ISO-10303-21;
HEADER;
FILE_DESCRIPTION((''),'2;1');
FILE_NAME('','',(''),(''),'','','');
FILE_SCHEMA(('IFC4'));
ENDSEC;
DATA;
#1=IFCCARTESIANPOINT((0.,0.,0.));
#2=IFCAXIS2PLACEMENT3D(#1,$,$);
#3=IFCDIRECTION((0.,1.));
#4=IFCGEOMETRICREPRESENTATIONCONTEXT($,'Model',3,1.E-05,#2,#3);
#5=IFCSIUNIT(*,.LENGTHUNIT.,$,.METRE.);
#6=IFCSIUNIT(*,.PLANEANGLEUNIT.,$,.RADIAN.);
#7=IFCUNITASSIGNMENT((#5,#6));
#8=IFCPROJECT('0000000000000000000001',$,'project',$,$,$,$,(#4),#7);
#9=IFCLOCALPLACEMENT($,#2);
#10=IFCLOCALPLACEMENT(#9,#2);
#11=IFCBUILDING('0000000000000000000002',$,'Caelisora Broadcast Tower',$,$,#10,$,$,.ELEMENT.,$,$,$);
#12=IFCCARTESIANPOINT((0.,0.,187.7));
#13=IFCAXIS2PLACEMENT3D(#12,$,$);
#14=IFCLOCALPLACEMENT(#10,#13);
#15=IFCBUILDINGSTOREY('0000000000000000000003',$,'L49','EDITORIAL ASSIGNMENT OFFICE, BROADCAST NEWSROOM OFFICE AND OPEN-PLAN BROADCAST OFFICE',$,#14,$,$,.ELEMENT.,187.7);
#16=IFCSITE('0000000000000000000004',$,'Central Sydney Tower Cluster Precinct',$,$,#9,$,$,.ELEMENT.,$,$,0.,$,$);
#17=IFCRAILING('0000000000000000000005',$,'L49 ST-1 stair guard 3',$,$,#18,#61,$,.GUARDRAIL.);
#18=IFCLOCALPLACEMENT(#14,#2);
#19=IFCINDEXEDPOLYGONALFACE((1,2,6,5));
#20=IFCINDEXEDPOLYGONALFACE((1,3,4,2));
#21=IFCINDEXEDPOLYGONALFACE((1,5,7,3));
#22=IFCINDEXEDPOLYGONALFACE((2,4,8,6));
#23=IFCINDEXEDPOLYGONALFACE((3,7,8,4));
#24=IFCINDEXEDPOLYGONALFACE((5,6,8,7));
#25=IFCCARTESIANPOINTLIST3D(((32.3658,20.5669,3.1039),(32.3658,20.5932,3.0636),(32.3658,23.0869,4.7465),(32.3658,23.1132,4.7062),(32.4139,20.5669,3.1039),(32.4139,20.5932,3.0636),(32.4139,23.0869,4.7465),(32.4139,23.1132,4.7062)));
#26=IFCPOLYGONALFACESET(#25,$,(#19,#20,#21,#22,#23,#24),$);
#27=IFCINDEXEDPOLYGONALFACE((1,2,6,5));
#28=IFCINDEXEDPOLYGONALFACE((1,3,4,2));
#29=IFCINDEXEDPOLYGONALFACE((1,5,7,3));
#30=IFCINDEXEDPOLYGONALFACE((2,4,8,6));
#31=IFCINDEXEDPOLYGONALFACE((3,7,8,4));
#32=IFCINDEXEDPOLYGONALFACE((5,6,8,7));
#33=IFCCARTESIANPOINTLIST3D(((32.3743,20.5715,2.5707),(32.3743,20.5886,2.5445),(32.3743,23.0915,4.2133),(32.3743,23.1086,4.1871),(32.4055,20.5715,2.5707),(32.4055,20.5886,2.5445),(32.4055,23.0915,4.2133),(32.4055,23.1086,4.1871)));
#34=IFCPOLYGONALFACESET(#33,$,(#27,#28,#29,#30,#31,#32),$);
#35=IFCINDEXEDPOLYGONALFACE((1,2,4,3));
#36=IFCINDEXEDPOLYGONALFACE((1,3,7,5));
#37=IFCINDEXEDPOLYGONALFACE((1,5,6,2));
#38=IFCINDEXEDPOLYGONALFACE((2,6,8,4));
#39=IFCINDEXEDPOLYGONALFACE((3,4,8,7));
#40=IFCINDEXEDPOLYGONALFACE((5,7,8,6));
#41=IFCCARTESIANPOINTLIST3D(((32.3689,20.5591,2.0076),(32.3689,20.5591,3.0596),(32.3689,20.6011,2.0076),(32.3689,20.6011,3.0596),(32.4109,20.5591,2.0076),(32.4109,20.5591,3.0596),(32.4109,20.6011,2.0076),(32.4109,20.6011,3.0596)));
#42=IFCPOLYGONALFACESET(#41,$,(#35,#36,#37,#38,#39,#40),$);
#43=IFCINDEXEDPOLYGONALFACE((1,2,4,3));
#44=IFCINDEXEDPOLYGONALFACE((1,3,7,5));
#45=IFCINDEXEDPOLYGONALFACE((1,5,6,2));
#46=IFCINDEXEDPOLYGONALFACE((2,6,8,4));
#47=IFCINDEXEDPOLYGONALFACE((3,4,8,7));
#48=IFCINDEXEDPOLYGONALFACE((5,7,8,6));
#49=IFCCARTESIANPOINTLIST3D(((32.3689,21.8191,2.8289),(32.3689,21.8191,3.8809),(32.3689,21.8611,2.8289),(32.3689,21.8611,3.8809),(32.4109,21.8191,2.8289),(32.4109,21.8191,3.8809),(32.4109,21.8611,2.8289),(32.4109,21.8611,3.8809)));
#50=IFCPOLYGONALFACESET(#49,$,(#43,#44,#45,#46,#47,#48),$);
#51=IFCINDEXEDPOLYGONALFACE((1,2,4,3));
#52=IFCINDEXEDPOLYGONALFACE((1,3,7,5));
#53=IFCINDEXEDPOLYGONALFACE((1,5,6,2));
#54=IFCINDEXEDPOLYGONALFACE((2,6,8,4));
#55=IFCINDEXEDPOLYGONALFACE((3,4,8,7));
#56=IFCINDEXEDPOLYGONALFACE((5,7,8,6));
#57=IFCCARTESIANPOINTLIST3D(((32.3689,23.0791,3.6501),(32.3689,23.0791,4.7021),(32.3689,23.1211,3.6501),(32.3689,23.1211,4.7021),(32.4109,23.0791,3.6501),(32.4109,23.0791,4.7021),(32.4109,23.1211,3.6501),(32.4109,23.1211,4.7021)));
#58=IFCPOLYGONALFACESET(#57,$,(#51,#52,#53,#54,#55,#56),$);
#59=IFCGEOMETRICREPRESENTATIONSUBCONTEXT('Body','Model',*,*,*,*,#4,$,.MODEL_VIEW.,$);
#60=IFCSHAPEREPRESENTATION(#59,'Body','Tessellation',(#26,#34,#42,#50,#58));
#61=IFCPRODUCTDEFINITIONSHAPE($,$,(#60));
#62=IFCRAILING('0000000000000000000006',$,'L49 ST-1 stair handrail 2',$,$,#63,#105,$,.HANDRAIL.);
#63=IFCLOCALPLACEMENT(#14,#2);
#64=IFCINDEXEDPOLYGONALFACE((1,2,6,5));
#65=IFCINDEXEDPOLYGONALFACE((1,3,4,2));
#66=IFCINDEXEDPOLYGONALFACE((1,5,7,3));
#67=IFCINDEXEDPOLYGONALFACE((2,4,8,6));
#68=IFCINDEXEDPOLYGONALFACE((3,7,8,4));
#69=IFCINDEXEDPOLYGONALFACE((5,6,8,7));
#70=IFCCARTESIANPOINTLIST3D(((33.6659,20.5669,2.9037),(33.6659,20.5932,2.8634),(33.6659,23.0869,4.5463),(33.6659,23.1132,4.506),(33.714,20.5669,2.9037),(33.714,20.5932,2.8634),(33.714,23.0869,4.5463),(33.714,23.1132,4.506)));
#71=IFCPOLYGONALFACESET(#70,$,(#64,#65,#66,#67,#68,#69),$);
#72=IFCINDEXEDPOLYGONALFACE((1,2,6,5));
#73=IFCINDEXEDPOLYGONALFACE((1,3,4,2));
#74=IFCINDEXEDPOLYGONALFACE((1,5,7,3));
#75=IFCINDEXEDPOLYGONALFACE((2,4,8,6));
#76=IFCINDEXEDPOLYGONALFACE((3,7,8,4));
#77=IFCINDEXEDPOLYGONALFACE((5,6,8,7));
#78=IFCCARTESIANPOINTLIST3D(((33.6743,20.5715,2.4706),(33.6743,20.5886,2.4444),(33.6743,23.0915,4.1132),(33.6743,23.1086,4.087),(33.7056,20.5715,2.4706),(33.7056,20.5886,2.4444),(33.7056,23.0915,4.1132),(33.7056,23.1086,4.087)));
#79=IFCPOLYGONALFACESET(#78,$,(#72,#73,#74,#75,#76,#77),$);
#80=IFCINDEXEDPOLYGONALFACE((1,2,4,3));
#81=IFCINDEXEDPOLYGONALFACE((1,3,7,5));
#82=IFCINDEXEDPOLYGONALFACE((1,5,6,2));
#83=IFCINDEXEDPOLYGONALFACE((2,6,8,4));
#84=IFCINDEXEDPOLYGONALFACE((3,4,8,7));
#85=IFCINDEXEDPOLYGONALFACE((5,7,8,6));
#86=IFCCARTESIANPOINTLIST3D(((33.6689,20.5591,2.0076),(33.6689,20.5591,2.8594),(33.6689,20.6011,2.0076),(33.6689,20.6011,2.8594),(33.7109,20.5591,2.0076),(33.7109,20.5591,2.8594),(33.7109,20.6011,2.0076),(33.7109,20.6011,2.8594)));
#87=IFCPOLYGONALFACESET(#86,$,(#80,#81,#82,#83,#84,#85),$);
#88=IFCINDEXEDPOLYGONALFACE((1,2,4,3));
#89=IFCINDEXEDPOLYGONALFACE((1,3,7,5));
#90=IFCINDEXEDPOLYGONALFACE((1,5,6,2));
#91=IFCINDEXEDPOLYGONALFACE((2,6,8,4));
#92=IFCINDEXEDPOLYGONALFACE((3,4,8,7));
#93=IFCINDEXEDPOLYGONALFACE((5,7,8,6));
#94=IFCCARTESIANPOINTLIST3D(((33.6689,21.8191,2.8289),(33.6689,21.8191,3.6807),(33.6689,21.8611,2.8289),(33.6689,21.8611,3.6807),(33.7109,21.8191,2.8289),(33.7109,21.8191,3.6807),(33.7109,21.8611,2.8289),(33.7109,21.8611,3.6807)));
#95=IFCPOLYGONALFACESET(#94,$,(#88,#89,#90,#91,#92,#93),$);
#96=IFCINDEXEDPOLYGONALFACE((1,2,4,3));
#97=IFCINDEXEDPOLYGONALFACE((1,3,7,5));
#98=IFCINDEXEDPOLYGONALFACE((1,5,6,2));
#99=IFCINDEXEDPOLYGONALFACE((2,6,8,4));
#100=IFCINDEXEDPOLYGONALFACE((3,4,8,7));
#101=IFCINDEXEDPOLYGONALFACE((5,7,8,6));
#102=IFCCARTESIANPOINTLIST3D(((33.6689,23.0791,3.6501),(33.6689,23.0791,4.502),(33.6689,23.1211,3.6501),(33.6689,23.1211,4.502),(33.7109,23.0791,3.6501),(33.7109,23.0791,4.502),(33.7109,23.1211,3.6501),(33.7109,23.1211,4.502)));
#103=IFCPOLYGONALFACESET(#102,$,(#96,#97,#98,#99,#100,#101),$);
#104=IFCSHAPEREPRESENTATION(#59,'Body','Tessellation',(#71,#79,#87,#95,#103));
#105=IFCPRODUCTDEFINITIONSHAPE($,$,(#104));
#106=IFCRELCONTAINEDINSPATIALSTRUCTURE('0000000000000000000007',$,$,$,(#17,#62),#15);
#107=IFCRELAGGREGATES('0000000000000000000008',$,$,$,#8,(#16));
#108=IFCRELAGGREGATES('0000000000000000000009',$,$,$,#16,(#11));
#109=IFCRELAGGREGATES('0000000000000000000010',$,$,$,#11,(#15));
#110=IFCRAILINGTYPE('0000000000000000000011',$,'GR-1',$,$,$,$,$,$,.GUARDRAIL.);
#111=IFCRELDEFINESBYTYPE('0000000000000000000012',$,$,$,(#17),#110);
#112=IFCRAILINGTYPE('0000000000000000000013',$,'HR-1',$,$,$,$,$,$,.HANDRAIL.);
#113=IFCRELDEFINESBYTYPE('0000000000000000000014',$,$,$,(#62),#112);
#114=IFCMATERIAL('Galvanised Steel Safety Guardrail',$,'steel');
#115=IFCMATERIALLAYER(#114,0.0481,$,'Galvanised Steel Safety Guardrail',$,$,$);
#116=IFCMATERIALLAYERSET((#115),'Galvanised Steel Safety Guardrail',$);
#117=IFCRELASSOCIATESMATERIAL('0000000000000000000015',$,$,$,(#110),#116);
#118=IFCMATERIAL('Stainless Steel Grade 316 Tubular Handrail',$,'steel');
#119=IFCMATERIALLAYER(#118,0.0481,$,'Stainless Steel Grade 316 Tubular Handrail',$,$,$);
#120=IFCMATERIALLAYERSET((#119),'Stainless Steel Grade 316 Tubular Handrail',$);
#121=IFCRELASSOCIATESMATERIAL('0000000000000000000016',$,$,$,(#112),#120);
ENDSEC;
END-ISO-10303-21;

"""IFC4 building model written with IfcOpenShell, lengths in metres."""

from ifc_helpers import new_model, si_unit, direction, frame, origin, origin_2d, place, context, subcontext, project, spatial, rectangle, extrude, material, layer, layer_set, type_object, element, save


model = new_model("IFC4")

# Units and contexts
model_context = context("Model", 3, precision=1e-05, world=origin(), true_north=direction((0.0, 1.0)))
body_context = subcontext(model_context, "Body", "Model", "MODEL_VIEW")
ifc_project = project(units=[si_unit("LENGTHUNIT", "METRE"), si_unit("PLANEANGLEUNIT", "RADIAN")], contexts=[model_context])

# Site, building, storey
site_placement = place(None, origin())
site = spatial("IfcSite", under=ifc_project, at=site_placement, Name="Central Sydney Tower Cluster Precinct", CompositionType="ELEMENT", RefElevation=0.0)
building_placement = place(site_placement, origin())
building = spatial("IfcBuilding", under=site, at=building_placement, Name="Caelisora Broadcast Tower", CompositionType="ELEMENT")
storey_placement = place(building_placement, frame((0.0, 0.0, 187.7)))
storey = spatial("IfcBuildingStorey", under=building, at=storey_placement, Name="L49", Description="EDITORIAL ASSIGNMENT OFFICE, BROADCAST NEWSROOM OFFICE AND OPEN-PLAN BROADCAST OFFICE", CompositionType="ELEMENT", Elevation=187.7)

# Railings
ifc_material_1 = material(Name="Galvanised Steel Safety Guardrail", Category="steel")
ifc_layer_1 = layer(ifc_material_1, 0.0481, Name="Galvanised Steel Safety Guardrail")
ifc_layer_set_1 = layer_set([ifc_layer_1], Name="Galvanised Steel Safety Guardrail")
railing_type_1 = type_object("IfcRailingType", Name="GR-1", PredefinedType="GUARDRAIL", material=ifc_layer_set_1)
railing_1_placement = place(storey_placement, frame((32.3899, 20.5801, 2.0076)))
element("IfcRailing", 1, at=railing_1_placement, inside=storey, type_object=railing_type_1, Name="L49 ST-1 stair guard 3", PredefinedType="GUARDRAIL", context=body_context, shape_type="SweptSolid", body=[
    extrude(rectangle(XDim=0.0481, YDim=0.0481, at=origin_2d()), frame((0.0, 0.0, 1.0762), z_axis=(0.0, 0.837749, 0.546055), x_axis=(-1.0, 0.0, 0.0)), (0.0, 0.0, 1.0), 3.0081),
    extrude(rectangle(XDim=0.0312, YDim=0.0312, at=origin_2d()), frame((0.0, 0.0, 0.55), z_axis=(0.0, 0.837749, 0.546055), x_axis=(-1.0, 0.0, 0.0)), (0.0, 0.0, 1.0), 3.0081),
    extrude(rectangle(XDim=0.042, YDim=0.042, at=origin_2d()), origin(), (0.0, 0.0, 1.0), 1.052),
    extrude(rectangle(XDim=0.042, YDim=0.042, at=origin_2d()), frame((0.0, 1.26, 0.8213)), (0.0, 0.0, 1.0), 1.052),
    extrude(rectangle(XDim=0.042, YDim=0.042, at=origin_2d()), frame((0.0, 2.52, 1.6426)), (0.0, 0.0, 1.0), 1.052),
])
ifc_material_2 = material(Name="Stainless Steel Grade 316 Tubular Handrail", Category="steel")
ifc_layer_2 = layer(ifc_material_2, 0.0481, Name="Stainless Steel Grade 316 Tubular Handrail")
ifc_layer_set_2 = layer_set([ifc_layer_2], Name="Stainless Steel Grade 316 Tubular Handrail")
railing_type_2 = type_object("IfcRailingType", Name="HR-1", PredefinedType="HANDRAIL", material=ifc_layer_set_2)
railing_2_placement = place(storey_placement, frame((33.6899, 20.5801, 2.0076)))
element("IfcRailing", 2, at=railing_2_placement, inside=storey, type_object=railing_type_2, Name="L49 ST-1 stair handrail 2", PredefinedType="HANDRAIL", context=body_context, shape_type="SweptSolid", body=[
    extrude(rectangle(XDim=0.0481, YDim=0.0481, at=origin_2d()), frame((0.0, 0.0, 0.876), z_axis=(0.0, 0.837749, 0.546055), x_axis=(-1.0, 0.0, 0.0)), (0.0, 0.0, 1.0), 3.0081),
    extrude(rectangle(XDim=0.0312, YDim=0.0312, at=origin_2d()), frame((0.0, 0.0, 0.45), z_axis=(0.0, 0.837749, 0.546055), x_axis=(-1.0, 0.0, 0.0)), (0.0, 0.0, 1.0), 3.0081),
    extrude(rectangle(XDim=0.042, YDim=0.042, at=origin_2d()), origin(), (0.0, 0.0, 1.0), 0.8518),
    extrude(rectangle(XDim=0.042, YDim=0.042, at=origin_2d()), frame((0.0, 1.26, 0.8213)), (0.0, 0.0, 1.0), 0.8518),
    extrude(rectangle(XDim=0.042, YDim=0.042, at=origin_2d()), frame((0.0, 2.52, 1.6426)), (0.0, 0.0, 1.0), 0.8518),
])

save(model, "model.ifc")
